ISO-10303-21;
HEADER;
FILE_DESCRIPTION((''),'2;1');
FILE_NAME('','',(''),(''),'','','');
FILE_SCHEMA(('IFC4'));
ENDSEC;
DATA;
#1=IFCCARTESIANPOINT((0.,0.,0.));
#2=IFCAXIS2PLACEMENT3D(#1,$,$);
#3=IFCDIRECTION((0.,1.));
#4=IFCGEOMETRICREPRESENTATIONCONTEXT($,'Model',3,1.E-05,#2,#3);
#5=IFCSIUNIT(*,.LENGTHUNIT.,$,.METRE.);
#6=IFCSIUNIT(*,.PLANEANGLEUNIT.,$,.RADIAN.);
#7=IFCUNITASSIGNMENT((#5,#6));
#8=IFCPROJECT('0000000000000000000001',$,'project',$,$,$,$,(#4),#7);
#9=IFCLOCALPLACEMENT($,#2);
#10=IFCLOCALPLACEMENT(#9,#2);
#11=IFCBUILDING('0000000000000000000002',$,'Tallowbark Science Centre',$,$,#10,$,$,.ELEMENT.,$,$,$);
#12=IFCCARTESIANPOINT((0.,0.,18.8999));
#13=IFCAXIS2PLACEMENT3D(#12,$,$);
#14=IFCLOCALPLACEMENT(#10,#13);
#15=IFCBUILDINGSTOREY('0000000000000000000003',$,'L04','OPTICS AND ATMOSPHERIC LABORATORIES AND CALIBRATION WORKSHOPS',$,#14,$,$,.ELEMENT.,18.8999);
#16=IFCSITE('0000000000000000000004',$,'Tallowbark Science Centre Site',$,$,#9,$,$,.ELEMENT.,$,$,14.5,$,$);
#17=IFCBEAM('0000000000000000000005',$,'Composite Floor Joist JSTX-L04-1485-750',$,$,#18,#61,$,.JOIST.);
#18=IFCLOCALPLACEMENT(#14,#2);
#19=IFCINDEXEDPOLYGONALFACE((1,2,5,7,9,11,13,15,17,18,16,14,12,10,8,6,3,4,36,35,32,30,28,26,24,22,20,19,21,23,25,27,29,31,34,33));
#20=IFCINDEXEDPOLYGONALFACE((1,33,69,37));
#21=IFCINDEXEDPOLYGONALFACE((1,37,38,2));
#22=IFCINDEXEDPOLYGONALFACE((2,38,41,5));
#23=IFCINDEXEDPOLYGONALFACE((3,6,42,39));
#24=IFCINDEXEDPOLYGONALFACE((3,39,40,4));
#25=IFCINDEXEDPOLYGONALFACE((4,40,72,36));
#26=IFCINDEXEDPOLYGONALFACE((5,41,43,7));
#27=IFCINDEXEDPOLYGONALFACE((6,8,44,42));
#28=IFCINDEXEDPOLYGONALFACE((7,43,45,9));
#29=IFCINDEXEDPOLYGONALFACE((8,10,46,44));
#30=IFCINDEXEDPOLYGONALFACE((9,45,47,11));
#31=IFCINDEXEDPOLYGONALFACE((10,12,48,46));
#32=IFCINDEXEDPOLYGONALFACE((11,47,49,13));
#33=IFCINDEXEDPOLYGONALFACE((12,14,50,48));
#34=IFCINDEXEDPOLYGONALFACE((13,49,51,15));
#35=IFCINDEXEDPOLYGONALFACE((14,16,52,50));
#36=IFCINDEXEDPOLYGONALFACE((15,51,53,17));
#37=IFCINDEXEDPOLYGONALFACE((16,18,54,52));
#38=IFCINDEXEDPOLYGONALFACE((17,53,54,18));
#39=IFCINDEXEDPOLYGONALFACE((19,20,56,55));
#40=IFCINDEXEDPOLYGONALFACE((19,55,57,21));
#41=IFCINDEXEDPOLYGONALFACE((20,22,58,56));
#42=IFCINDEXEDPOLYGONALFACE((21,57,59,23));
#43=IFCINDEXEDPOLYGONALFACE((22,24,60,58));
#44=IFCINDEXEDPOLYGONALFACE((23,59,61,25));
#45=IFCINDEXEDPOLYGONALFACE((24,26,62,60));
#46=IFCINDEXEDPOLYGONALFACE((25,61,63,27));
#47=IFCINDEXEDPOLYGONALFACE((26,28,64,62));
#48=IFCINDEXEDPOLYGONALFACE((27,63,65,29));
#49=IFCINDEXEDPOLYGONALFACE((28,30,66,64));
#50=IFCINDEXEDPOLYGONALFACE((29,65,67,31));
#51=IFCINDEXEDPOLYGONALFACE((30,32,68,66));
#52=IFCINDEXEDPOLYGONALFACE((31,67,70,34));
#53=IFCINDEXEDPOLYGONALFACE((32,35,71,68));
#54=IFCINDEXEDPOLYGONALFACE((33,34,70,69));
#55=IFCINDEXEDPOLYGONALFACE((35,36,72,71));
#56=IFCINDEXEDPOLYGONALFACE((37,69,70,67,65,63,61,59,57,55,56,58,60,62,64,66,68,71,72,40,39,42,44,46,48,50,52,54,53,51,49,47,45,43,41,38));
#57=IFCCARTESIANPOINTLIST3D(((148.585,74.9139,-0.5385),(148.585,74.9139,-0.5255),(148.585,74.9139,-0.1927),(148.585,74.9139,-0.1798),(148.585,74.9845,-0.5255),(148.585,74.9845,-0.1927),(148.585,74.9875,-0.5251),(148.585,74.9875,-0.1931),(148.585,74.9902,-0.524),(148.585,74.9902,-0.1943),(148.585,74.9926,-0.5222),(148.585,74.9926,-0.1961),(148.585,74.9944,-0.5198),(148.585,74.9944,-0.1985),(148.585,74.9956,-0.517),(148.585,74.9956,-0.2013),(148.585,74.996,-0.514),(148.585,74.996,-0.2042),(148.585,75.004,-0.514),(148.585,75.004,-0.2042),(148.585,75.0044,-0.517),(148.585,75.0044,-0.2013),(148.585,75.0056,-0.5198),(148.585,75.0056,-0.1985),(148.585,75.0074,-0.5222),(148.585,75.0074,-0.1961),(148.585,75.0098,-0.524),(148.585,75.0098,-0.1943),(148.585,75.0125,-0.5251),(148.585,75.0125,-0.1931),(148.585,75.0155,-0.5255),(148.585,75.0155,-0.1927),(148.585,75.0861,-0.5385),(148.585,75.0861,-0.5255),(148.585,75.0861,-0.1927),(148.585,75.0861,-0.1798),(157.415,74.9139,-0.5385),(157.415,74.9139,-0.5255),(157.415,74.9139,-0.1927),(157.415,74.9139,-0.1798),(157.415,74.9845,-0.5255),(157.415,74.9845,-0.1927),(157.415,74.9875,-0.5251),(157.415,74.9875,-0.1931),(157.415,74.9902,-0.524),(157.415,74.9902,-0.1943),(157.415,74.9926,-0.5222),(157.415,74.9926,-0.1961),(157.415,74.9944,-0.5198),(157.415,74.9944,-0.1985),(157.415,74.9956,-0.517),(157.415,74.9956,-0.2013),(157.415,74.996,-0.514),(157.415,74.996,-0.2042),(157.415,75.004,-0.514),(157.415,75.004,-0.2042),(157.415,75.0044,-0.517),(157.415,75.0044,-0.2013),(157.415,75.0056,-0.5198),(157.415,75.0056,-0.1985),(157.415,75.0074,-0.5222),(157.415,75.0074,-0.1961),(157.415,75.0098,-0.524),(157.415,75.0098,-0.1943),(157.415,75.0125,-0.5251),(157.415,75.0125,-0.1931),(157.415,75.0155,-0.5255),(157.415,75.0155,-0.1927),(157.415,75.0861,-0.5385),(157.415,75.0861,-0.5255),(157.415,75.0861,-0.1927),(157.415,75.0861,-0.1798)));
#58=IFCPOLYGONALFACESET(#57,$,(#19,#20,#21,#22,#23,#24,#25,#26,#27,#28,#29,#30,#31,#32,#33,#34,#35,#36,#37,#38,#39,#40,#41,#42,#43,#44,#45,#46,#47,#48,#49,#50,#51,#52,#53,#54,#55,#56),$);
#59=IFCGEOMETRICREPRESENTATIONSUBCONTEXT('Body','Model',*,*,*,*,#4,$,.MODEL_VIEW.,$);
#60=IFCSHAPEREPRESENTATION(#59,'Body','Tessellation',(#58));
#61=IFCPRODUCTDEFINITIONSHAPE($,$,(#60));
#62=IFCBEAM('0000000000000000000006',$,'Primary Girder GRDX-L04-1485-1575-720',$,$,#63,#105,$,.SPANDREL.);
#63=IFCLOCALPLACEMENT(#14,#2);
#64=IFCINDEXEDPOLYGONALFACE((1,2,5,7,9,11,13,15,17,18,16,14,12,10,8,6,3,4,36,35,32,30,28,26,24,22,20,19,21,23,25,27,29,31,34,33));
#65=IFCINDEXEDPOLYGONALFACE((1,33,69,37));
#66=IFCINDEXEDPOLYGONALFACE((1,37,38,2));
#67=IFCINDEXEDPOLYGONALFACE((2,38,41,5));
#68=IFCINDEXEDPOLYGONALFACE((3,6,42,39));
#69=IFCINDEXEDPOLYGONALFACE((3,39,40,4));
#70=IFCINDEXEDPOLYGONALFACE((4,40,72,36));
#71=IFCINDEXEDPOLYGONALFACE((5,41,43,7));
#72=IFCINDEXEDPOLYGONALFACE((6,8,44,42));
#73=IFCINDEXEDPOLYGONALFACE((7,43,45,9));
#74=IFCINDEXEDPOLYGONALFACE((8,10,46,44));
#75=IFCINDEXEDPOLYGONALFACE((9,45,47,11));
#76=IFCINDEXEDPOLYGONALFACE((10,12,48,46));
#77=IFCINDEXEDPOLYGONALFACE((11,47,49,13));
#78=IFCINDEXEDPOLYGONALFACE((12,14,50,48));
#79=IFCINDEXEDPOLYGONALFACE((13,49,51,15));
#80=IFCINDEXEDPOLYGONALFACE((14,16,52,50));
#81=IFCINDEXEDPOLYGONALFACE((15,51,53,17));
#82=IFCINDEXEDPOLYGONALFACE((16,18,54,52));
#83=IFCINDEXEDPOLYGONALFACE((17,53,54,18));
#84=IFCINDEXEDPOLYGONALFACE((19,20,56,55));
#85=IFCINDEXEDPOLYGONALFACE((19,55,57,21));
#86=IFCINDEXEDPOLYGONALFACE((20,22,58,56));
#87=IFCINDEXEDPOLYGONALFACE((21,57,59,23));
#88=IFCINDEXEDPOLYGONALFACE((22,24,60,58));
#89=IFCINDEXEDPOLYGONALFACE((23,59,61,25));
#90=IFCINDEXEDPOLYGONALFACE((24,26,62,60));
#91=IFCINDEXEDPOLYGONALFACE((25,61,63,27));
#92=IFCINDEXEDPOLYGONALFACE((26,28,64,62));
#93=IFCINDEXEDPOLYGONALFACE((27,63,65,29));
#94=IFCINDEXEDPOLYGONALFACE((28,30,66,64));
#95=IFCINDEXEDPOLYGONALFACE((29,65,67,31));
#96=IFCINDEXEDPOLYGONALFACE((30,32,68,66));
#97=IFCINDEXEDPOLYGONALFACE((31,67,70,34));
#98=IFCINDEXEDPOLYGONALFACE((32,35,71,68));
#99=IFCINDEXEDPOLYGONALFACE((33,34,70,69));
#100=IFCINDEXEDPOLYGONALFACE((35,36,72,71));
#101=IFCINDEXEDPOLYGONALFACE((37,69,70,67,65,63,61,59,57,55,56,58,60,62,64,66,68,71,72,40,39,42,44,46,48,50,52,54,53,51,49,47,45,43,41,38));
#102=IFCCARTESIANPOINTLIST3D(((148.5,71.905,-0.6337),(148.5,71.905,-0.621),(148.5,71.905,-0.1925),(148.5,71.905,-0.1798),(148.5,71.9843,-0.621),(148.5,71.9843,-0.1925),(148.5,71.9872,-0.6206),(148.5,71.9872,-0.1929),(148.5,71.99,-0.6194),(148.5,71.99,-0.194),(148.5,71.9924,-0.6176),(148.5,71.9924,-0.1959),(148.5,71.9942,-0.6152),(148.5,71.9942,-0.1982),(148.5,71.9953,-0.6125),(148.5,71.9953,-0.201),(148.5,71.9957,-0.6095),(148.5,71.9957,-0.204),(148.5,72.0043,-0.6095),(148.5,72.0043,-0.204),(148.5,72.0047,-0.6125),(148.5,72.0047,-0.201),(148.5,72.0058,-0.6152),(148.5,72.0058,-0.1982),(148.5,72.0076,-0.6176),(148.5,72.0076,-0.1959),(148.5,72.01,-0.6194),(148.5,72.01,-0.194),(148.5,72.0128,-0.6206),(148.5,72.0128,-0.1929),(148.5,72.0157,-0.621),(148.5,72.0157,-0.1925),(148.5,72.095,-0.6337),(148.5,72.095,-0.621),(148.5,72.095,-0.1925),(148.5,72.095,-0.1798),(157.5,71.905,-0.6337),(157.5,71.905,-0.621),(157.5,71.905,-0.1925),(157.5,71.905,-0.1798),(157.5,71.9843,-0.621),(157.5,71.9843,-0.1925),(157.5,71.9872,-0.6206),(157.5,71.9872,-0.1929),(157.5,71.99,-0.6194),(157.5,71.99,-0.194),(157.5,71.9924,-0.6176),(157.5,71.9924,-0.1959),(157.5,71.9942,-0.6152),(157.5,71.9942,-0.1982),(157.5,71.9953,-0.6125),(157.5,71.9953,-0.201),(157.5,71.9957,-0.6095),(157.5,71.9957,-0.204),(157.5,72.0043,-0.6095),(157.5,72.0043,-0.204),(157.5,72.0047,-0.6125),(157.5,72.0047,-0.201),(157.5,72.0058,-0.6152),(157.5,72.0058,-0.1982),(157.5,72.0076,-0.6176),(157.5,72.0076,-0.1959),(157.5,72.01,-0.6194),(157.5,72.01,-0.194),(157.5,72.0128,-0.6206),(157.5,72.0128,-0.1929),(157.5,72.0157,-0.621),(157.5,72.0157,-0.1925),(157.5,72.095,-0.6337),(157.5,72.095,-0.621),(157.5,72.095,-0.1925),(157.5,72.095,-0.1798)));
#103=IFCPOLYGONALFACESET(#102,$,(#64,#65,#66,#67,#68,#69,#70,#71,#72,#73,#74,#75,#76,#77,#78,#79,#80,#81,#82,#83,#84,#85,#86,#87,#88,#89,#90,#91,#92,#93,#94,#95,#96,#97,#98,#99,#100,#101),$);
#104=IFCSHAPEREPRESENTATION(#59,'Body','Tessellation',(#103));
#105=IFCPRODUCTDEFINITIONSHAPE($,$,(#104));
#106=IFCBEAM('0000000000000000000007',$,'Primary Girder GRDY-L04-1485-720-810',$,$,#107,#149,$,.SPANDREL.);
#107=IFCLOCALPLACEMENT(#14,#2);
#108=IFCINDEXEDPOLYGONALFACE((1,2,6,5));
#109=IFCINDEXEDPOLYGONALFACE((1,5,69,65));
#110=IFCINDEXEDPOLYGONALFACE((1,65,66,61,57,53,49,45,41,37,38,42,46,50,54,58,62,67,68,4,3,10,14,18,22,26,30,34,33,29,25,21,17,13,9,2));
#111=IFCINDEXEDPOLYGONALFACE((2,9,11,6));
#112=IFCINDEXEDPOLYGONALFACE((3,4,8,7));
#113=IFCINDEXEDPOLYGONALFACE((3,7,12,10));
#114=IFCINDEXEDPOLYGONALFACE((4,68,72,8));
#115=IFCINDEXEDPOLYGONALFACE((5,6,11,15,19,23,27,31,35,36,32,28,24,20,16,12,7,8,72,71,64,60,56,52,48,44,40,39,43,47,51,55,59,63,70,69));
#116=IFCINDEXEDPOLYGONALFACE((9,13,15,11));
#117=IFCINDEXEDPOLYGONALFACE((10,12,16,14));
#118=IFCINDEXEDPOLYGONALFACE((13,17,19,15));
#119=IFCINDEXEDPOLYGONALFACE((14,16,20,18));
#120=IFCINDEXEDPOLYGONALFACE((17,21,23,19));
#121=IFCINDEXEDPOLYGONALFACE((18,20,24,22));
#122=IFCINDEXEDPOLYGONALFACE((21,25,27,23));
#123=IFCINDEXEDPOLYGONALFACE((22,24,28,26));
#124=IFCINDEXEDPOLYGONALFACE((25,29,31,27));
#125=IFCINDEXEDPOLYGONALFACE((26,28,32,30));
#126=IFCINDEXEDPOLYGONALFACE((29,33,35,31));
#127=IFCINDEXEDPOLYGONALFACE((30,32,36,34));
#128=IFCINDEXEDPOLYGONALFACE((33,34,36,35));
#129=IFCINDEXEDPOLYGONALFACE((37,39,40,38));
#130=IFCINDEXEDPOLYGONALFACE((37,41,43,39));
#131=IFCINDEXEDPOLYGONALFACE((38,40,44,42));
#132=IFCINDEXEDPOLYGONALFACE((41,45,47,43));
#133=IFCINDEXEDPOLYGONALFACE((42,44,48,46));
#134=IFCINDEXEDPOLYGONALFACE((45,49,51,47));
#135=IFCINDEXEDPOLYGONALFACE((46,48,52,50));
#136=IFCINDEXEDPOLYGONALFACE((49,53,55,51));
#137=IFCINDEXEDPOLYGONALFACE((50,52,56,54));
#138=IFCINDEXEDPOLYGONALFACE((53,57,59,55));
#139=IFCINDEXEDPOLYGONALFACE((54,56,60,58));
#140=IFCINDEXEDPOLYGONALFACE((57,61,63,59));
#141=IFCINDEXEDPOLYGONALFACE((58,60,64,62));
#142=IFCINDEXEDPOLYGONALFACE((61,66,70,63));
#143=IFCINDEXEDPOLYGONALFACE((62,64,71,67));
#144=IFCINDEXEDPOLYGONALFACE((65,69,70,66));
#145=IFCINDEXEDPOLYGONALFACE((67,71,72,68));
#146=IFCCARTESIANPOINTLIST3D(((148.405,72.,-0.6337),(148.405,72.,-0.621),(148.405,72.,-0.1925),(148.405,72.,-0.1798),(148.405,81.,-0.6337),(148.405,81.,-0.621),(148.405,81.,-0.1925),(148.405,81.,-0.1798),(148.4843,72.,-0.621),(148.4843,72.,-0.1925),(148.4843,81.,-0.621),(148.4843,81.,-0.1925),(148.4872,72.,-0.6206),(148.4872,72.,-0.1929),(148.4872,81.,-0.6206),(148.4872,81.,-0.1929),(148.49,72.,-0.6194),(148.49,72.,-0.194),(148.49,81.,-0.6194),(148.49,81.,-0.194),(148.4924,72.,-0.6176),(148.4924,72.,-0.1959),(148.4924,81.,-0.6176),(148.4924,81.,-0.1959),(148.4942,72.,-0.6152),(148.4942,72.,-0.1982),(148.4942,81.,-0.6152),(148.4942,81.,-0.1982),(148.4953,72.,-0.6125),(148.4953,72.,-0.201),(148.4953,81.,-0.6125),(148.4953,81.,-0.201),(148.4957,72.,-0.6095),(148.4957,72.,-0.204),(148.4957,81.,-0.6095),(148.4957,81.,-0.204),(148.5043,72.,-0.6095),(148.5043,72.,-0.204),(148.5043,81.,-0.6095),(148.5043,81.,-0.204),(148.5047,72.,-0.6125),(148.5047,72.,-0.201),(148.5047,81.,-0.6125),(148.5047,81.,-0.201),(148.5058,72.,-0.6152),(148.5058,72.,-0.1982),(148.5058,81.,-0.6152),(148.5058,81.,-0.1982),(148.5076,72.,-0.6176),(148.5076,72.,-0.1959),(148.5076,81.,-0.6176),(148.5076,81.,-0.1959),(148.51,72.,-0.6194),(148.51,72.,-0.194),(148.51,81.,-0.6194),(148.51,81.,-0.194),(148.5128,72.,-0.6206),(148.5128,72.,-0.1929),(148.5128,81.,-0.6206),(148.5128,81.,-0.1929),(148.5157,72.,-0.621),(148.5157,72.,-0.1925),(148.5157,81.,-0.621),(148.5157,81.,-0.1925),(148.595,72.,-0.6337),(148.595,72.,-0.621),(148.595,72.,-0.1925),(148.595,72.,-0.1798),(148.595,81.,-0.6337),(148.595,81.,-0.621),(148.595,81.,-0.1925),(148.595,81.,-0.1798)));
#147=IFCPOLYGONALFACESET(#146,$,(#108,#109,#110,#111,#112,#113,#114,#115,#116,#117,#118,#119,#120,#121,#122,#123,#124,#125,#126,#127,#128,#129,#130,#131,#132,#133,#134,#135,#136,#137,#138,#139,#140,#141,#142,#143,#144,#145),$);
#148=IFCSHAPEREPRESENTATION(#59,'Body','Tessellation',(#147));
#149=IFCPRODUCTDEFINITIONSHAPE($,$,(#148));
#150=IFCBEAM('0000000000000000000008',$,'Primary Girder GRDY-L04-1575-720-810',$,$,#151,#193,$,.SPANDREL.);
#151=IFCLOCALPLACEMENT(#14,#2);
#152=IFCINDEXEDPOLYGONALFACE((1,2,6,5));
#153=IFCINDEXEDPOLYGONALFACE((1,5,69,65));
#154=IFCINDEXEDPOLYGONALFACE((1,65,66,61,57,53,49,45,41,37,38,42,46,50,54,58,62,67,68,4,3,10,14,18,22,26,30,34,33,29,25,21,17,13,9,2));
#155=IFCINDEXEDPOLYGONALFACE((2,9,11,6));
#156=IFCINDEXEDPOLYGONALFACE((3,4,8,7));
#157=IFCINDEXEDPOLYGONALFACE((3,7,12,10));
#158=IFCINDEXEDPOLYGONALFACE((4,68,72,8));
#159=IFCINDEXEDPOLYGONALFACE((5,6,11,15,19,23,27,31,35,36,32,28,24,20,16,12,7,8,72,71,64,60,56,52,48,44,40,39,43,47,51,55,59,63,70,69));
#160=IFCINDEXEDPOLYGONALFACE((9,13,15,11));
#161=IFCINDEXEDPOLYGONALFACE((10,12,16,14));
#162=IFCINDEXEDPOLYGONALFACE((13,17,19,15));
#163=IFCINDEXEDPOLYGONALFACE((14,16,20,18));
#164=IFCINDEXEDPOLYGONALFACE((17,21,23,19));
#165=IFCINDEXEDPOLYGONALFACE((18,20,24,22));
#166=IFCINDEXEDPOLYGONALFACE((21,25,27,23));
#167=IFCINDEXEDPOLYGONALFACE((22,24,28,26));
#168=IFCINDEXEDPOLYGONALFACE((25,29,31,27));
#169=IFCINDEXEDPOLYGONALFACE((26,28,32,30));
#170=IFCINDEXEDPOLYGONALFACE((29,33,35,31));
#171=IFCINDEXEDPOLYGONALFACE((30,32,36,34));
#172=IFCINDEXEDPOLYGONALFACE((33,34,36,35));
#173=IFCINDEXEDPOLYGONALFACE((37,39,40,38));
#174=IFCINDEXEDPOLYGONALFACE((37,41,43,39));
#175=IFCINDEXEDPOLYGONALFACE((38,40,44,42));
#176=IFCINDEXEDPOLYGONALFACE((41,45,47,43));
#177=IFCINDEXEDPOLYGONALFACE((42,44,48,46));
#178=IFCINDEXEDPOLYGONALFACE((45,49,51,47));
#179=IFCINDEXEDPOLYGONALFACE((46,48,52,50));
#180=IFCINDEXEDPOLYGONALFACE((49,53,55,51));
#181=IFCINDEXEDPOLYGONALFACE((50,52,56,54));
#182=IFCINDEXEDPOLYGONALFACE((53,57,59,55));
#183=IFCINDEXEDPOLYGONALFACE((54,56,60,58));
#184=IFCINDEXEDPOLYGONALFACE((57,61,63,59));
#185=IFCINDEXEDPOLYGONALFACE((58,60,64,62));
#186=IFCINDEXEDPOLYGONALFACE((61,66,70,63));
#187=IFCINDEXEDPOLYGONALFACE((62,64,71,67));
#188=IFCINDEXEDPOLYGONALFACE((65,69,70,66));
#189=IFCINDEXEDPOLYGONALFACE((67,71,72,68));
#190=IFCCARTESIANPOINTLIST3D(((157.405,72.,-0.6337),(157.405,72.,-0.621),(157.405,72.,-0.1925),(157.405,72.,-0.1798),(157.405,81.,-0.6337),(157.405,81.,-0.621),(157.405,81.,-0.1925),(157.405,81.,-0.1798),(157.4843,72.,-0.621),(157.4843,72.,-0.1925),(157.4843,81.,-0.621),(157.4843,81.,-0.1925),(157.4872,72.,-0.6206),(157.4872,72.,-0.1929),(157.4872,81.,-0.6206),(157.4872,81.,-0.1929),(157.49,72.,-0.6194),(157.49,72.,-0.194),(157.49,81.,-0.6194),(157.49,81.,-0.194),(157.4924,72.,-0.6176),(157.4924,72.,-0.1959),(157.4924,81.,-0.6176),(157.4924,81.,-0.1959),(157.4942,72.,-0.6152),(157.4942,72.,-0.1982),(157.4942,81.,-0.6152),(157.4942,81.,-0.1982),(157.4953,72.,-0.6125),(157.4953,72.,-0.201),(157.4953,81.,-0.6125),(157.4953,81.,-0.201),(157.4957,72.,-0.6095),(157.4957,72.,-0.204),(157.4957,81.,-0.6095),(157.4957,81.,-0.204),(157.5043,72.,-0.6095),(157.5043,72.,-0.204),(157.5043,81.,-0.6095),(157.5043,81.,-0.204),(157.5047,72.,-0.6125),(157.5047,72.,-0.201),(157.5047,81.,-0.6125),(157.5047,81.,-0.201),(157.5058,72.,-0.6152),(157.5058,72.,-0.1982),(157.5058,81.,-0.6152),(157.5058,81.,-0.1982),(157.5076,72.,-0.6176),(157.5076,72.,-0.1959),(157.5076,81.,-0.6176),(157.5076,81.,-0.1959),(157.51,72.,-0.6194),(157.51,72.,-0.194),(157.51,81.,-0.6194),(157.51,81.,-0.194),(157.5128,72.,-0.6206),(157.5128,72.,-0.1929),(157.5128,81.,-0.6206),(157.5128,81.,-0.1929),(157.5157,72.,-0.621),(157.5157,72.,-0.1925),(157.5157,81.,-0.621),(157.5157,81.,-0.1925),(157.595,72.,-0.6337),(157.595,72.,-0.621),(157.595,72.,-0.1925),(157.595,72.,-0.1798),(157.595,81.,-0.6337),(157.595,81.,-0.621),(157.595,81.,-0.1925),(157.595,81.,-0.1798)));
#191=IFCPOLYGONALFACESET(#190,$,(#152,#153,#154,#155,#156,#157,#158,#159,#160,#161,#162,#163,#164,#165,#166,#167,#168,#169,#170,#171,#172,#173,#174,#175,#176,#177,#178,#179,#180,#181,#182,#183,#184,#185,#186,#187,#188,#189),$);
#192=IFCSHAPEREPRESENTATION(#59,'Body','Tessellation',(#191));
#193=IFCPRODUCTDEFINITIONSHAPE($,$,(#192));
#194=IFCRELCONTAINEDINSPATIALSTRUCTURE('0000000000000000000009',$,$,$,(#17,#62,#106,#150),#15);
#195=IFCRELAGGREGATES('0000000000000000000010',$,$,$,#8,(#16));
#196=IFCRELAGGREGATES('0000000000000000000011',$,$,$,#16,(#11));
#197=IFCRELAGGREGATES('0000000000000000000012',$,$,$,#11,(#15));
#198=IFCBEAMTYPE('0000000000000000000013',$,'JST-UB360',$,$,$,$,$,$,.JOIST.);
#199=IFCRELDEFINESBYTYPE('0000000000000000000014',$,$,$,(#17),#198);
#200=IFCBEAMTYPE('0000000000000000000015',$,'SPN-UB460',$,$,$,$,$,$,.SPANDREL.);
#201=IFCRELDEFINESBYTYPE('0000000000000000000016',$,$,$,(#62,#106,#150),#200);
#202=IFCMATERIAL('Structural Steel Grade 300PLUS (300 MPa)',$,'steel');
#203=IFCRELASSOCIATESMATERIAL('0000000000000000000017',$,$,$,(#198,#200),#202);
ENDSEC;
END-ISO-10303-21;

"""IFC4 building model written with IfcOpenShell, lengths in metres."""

from ifc_helpers import new_model, si_unit, direction, frame, origin, origin_2d, place, context, subcontext, project, spatial, i_section, extrude, material, material_profile, profile_set, type_object, element, save


model = new_model("IFC4")

# Units and contexts
model_context = context("Model", 3, precision=1e-05, world=origin(), true_north=direction((0.0, 1.0)))
body_context = subcontext(model_context, "Body", "Model", "MODEL_VIEW")
ifc_project = project(units=[si_unit("LENGTHUNIT", "METRE"), si_unit("PLANEANGLEUNIT", "RADIAN")], contexts=[model_context])

# Site, building, storey
site_placement = place(None, origin())
site = spatial("IfcSite", under=ifc_project, at=site_placement, Name="Tallowbark Science Centre Site", CompositionType="ELEMENT", RefElevation=14.5)
building_placement = place(site_placement, origin())
building = spatial("IfcBuilding", under=site, at=building_placement, Name="Tallowbark Science Centre", CompositionType="ELEMENT")
storey_placement = place(building_placement, frame((0.0, 0.0, 18.8999)))
storey = spatial("IfcBuildingStorey", under=building, at=storey_placement, Name="L04", Description="OPTICS AND ATMOSPHERIC LABORATORIES AND CALIBRATION WORKSHOPS", CompositionType="ELEMENT", Elevation=18.8999)

# Shared definitions
ifc_material_1 = material(Name="Structural Steel Grade 300PLUS (300 MPa)", Category="steel")

# Beams
ifc_material_profile_1 = material_profile(ifc_material_1, i_section(OverallWidth=0.1721, OverallDepth=0.3586, WebThickness=0.0081, FlangeThickness=0.0129, FilletRadius=0.0115, at=origin_2d()), Name="360UB56.7")
ifc_profile_set_1 = profile_set([ifc_material_profile_1], Name="Structural Steel Grade 300PLUS (300 MPa)")
beam_type_1 = type_object("IfcBeamType", Name="JST-UB360", PredefinedType="JOIST", material=ifc_profile_set_1)
beam_placement = place(storey_placement, frame((148.585, 75.0, -0.3591), z_axis=(1.0, 0.0, 0.0), x_axis=(0.0, 1.0, 0.0)))
element("IfcBeam", 1, at=beam_placement, inside=storey, type_object=beam_type_1, Name="Composite Floor Joist JSTX-L04-1485-750", PredefinedType="JOIST", context=body_context, shape_type="SweptSolid", body=[
    extrude(i_section(OverallWidth=0.1721, OverallDepth=0.3586, WebThickness=0.0081, FlangeThickness=0.0129, FilletRadius=0.0115, at=origin_2d()), origin(), (0.0, 0.0, 1.0), 8.8301),
])
ifc_material_profile_2 = material_profile(ifc_material_1, i_section(OverallWidth=0.1899, OverallDepth=0.4539, WebThickness=0.0085, FlangeThickness=0.0127, FilletRadius=0.0115, at=origin_2d()), Name="460UB67.1")
ifc_profile_set_2 = profile_set([ifc_material_profile_2], Name="Structural Steel Grade 300PLUS (300 MPa)")
beam_type_2 = type_object("IfcBeamType", Name="SPN-UB460", PredefinedType="SPANDREL", material=ifc_profile_set_2)
for number, where, z_axis, x_axis, name in (
    (2, (148.5, 72.0, -0.4067), (1.0, 0.0, 0.0), (0.0, 1.0, 0.0), "Primary Girder GRDX-L04-1485-1575-720"),
    (3, (148.5, 72.0, -0.4067), (0.0, 1.0, 0.0), (-1.0, 0.0, 0.0), "Primary Girder GRDY-L04-1485-720-810"),
    (4, (157.5, 72.0, -0.4067), (0.0, 1.0, 0.0), (-1.0, 0.0, 0.0), "Primary Girder GRDY-L04-1575-720-810"),
):
    element("IfcBeam", number, at=place(storey_placement, frame(where, z_axis=z_axis, x_axis=x_axis)), inside=storey, type_object=beam_type_2, Name=name, PredefinedType="SPANDREL", context=body_context, shape_type="SweptSolid", body=[
        extrude(i_section(OverallWidth=0.1899, OverallDepth=0.4539, WebThickness=0.0085, FlangeThickness=0.0127, FilletRadius=0.0115, at=origin_2d()), origin(), (0.0, 0.0, 1.0), 9.0),
    ])

save(model, "model.ifc")
